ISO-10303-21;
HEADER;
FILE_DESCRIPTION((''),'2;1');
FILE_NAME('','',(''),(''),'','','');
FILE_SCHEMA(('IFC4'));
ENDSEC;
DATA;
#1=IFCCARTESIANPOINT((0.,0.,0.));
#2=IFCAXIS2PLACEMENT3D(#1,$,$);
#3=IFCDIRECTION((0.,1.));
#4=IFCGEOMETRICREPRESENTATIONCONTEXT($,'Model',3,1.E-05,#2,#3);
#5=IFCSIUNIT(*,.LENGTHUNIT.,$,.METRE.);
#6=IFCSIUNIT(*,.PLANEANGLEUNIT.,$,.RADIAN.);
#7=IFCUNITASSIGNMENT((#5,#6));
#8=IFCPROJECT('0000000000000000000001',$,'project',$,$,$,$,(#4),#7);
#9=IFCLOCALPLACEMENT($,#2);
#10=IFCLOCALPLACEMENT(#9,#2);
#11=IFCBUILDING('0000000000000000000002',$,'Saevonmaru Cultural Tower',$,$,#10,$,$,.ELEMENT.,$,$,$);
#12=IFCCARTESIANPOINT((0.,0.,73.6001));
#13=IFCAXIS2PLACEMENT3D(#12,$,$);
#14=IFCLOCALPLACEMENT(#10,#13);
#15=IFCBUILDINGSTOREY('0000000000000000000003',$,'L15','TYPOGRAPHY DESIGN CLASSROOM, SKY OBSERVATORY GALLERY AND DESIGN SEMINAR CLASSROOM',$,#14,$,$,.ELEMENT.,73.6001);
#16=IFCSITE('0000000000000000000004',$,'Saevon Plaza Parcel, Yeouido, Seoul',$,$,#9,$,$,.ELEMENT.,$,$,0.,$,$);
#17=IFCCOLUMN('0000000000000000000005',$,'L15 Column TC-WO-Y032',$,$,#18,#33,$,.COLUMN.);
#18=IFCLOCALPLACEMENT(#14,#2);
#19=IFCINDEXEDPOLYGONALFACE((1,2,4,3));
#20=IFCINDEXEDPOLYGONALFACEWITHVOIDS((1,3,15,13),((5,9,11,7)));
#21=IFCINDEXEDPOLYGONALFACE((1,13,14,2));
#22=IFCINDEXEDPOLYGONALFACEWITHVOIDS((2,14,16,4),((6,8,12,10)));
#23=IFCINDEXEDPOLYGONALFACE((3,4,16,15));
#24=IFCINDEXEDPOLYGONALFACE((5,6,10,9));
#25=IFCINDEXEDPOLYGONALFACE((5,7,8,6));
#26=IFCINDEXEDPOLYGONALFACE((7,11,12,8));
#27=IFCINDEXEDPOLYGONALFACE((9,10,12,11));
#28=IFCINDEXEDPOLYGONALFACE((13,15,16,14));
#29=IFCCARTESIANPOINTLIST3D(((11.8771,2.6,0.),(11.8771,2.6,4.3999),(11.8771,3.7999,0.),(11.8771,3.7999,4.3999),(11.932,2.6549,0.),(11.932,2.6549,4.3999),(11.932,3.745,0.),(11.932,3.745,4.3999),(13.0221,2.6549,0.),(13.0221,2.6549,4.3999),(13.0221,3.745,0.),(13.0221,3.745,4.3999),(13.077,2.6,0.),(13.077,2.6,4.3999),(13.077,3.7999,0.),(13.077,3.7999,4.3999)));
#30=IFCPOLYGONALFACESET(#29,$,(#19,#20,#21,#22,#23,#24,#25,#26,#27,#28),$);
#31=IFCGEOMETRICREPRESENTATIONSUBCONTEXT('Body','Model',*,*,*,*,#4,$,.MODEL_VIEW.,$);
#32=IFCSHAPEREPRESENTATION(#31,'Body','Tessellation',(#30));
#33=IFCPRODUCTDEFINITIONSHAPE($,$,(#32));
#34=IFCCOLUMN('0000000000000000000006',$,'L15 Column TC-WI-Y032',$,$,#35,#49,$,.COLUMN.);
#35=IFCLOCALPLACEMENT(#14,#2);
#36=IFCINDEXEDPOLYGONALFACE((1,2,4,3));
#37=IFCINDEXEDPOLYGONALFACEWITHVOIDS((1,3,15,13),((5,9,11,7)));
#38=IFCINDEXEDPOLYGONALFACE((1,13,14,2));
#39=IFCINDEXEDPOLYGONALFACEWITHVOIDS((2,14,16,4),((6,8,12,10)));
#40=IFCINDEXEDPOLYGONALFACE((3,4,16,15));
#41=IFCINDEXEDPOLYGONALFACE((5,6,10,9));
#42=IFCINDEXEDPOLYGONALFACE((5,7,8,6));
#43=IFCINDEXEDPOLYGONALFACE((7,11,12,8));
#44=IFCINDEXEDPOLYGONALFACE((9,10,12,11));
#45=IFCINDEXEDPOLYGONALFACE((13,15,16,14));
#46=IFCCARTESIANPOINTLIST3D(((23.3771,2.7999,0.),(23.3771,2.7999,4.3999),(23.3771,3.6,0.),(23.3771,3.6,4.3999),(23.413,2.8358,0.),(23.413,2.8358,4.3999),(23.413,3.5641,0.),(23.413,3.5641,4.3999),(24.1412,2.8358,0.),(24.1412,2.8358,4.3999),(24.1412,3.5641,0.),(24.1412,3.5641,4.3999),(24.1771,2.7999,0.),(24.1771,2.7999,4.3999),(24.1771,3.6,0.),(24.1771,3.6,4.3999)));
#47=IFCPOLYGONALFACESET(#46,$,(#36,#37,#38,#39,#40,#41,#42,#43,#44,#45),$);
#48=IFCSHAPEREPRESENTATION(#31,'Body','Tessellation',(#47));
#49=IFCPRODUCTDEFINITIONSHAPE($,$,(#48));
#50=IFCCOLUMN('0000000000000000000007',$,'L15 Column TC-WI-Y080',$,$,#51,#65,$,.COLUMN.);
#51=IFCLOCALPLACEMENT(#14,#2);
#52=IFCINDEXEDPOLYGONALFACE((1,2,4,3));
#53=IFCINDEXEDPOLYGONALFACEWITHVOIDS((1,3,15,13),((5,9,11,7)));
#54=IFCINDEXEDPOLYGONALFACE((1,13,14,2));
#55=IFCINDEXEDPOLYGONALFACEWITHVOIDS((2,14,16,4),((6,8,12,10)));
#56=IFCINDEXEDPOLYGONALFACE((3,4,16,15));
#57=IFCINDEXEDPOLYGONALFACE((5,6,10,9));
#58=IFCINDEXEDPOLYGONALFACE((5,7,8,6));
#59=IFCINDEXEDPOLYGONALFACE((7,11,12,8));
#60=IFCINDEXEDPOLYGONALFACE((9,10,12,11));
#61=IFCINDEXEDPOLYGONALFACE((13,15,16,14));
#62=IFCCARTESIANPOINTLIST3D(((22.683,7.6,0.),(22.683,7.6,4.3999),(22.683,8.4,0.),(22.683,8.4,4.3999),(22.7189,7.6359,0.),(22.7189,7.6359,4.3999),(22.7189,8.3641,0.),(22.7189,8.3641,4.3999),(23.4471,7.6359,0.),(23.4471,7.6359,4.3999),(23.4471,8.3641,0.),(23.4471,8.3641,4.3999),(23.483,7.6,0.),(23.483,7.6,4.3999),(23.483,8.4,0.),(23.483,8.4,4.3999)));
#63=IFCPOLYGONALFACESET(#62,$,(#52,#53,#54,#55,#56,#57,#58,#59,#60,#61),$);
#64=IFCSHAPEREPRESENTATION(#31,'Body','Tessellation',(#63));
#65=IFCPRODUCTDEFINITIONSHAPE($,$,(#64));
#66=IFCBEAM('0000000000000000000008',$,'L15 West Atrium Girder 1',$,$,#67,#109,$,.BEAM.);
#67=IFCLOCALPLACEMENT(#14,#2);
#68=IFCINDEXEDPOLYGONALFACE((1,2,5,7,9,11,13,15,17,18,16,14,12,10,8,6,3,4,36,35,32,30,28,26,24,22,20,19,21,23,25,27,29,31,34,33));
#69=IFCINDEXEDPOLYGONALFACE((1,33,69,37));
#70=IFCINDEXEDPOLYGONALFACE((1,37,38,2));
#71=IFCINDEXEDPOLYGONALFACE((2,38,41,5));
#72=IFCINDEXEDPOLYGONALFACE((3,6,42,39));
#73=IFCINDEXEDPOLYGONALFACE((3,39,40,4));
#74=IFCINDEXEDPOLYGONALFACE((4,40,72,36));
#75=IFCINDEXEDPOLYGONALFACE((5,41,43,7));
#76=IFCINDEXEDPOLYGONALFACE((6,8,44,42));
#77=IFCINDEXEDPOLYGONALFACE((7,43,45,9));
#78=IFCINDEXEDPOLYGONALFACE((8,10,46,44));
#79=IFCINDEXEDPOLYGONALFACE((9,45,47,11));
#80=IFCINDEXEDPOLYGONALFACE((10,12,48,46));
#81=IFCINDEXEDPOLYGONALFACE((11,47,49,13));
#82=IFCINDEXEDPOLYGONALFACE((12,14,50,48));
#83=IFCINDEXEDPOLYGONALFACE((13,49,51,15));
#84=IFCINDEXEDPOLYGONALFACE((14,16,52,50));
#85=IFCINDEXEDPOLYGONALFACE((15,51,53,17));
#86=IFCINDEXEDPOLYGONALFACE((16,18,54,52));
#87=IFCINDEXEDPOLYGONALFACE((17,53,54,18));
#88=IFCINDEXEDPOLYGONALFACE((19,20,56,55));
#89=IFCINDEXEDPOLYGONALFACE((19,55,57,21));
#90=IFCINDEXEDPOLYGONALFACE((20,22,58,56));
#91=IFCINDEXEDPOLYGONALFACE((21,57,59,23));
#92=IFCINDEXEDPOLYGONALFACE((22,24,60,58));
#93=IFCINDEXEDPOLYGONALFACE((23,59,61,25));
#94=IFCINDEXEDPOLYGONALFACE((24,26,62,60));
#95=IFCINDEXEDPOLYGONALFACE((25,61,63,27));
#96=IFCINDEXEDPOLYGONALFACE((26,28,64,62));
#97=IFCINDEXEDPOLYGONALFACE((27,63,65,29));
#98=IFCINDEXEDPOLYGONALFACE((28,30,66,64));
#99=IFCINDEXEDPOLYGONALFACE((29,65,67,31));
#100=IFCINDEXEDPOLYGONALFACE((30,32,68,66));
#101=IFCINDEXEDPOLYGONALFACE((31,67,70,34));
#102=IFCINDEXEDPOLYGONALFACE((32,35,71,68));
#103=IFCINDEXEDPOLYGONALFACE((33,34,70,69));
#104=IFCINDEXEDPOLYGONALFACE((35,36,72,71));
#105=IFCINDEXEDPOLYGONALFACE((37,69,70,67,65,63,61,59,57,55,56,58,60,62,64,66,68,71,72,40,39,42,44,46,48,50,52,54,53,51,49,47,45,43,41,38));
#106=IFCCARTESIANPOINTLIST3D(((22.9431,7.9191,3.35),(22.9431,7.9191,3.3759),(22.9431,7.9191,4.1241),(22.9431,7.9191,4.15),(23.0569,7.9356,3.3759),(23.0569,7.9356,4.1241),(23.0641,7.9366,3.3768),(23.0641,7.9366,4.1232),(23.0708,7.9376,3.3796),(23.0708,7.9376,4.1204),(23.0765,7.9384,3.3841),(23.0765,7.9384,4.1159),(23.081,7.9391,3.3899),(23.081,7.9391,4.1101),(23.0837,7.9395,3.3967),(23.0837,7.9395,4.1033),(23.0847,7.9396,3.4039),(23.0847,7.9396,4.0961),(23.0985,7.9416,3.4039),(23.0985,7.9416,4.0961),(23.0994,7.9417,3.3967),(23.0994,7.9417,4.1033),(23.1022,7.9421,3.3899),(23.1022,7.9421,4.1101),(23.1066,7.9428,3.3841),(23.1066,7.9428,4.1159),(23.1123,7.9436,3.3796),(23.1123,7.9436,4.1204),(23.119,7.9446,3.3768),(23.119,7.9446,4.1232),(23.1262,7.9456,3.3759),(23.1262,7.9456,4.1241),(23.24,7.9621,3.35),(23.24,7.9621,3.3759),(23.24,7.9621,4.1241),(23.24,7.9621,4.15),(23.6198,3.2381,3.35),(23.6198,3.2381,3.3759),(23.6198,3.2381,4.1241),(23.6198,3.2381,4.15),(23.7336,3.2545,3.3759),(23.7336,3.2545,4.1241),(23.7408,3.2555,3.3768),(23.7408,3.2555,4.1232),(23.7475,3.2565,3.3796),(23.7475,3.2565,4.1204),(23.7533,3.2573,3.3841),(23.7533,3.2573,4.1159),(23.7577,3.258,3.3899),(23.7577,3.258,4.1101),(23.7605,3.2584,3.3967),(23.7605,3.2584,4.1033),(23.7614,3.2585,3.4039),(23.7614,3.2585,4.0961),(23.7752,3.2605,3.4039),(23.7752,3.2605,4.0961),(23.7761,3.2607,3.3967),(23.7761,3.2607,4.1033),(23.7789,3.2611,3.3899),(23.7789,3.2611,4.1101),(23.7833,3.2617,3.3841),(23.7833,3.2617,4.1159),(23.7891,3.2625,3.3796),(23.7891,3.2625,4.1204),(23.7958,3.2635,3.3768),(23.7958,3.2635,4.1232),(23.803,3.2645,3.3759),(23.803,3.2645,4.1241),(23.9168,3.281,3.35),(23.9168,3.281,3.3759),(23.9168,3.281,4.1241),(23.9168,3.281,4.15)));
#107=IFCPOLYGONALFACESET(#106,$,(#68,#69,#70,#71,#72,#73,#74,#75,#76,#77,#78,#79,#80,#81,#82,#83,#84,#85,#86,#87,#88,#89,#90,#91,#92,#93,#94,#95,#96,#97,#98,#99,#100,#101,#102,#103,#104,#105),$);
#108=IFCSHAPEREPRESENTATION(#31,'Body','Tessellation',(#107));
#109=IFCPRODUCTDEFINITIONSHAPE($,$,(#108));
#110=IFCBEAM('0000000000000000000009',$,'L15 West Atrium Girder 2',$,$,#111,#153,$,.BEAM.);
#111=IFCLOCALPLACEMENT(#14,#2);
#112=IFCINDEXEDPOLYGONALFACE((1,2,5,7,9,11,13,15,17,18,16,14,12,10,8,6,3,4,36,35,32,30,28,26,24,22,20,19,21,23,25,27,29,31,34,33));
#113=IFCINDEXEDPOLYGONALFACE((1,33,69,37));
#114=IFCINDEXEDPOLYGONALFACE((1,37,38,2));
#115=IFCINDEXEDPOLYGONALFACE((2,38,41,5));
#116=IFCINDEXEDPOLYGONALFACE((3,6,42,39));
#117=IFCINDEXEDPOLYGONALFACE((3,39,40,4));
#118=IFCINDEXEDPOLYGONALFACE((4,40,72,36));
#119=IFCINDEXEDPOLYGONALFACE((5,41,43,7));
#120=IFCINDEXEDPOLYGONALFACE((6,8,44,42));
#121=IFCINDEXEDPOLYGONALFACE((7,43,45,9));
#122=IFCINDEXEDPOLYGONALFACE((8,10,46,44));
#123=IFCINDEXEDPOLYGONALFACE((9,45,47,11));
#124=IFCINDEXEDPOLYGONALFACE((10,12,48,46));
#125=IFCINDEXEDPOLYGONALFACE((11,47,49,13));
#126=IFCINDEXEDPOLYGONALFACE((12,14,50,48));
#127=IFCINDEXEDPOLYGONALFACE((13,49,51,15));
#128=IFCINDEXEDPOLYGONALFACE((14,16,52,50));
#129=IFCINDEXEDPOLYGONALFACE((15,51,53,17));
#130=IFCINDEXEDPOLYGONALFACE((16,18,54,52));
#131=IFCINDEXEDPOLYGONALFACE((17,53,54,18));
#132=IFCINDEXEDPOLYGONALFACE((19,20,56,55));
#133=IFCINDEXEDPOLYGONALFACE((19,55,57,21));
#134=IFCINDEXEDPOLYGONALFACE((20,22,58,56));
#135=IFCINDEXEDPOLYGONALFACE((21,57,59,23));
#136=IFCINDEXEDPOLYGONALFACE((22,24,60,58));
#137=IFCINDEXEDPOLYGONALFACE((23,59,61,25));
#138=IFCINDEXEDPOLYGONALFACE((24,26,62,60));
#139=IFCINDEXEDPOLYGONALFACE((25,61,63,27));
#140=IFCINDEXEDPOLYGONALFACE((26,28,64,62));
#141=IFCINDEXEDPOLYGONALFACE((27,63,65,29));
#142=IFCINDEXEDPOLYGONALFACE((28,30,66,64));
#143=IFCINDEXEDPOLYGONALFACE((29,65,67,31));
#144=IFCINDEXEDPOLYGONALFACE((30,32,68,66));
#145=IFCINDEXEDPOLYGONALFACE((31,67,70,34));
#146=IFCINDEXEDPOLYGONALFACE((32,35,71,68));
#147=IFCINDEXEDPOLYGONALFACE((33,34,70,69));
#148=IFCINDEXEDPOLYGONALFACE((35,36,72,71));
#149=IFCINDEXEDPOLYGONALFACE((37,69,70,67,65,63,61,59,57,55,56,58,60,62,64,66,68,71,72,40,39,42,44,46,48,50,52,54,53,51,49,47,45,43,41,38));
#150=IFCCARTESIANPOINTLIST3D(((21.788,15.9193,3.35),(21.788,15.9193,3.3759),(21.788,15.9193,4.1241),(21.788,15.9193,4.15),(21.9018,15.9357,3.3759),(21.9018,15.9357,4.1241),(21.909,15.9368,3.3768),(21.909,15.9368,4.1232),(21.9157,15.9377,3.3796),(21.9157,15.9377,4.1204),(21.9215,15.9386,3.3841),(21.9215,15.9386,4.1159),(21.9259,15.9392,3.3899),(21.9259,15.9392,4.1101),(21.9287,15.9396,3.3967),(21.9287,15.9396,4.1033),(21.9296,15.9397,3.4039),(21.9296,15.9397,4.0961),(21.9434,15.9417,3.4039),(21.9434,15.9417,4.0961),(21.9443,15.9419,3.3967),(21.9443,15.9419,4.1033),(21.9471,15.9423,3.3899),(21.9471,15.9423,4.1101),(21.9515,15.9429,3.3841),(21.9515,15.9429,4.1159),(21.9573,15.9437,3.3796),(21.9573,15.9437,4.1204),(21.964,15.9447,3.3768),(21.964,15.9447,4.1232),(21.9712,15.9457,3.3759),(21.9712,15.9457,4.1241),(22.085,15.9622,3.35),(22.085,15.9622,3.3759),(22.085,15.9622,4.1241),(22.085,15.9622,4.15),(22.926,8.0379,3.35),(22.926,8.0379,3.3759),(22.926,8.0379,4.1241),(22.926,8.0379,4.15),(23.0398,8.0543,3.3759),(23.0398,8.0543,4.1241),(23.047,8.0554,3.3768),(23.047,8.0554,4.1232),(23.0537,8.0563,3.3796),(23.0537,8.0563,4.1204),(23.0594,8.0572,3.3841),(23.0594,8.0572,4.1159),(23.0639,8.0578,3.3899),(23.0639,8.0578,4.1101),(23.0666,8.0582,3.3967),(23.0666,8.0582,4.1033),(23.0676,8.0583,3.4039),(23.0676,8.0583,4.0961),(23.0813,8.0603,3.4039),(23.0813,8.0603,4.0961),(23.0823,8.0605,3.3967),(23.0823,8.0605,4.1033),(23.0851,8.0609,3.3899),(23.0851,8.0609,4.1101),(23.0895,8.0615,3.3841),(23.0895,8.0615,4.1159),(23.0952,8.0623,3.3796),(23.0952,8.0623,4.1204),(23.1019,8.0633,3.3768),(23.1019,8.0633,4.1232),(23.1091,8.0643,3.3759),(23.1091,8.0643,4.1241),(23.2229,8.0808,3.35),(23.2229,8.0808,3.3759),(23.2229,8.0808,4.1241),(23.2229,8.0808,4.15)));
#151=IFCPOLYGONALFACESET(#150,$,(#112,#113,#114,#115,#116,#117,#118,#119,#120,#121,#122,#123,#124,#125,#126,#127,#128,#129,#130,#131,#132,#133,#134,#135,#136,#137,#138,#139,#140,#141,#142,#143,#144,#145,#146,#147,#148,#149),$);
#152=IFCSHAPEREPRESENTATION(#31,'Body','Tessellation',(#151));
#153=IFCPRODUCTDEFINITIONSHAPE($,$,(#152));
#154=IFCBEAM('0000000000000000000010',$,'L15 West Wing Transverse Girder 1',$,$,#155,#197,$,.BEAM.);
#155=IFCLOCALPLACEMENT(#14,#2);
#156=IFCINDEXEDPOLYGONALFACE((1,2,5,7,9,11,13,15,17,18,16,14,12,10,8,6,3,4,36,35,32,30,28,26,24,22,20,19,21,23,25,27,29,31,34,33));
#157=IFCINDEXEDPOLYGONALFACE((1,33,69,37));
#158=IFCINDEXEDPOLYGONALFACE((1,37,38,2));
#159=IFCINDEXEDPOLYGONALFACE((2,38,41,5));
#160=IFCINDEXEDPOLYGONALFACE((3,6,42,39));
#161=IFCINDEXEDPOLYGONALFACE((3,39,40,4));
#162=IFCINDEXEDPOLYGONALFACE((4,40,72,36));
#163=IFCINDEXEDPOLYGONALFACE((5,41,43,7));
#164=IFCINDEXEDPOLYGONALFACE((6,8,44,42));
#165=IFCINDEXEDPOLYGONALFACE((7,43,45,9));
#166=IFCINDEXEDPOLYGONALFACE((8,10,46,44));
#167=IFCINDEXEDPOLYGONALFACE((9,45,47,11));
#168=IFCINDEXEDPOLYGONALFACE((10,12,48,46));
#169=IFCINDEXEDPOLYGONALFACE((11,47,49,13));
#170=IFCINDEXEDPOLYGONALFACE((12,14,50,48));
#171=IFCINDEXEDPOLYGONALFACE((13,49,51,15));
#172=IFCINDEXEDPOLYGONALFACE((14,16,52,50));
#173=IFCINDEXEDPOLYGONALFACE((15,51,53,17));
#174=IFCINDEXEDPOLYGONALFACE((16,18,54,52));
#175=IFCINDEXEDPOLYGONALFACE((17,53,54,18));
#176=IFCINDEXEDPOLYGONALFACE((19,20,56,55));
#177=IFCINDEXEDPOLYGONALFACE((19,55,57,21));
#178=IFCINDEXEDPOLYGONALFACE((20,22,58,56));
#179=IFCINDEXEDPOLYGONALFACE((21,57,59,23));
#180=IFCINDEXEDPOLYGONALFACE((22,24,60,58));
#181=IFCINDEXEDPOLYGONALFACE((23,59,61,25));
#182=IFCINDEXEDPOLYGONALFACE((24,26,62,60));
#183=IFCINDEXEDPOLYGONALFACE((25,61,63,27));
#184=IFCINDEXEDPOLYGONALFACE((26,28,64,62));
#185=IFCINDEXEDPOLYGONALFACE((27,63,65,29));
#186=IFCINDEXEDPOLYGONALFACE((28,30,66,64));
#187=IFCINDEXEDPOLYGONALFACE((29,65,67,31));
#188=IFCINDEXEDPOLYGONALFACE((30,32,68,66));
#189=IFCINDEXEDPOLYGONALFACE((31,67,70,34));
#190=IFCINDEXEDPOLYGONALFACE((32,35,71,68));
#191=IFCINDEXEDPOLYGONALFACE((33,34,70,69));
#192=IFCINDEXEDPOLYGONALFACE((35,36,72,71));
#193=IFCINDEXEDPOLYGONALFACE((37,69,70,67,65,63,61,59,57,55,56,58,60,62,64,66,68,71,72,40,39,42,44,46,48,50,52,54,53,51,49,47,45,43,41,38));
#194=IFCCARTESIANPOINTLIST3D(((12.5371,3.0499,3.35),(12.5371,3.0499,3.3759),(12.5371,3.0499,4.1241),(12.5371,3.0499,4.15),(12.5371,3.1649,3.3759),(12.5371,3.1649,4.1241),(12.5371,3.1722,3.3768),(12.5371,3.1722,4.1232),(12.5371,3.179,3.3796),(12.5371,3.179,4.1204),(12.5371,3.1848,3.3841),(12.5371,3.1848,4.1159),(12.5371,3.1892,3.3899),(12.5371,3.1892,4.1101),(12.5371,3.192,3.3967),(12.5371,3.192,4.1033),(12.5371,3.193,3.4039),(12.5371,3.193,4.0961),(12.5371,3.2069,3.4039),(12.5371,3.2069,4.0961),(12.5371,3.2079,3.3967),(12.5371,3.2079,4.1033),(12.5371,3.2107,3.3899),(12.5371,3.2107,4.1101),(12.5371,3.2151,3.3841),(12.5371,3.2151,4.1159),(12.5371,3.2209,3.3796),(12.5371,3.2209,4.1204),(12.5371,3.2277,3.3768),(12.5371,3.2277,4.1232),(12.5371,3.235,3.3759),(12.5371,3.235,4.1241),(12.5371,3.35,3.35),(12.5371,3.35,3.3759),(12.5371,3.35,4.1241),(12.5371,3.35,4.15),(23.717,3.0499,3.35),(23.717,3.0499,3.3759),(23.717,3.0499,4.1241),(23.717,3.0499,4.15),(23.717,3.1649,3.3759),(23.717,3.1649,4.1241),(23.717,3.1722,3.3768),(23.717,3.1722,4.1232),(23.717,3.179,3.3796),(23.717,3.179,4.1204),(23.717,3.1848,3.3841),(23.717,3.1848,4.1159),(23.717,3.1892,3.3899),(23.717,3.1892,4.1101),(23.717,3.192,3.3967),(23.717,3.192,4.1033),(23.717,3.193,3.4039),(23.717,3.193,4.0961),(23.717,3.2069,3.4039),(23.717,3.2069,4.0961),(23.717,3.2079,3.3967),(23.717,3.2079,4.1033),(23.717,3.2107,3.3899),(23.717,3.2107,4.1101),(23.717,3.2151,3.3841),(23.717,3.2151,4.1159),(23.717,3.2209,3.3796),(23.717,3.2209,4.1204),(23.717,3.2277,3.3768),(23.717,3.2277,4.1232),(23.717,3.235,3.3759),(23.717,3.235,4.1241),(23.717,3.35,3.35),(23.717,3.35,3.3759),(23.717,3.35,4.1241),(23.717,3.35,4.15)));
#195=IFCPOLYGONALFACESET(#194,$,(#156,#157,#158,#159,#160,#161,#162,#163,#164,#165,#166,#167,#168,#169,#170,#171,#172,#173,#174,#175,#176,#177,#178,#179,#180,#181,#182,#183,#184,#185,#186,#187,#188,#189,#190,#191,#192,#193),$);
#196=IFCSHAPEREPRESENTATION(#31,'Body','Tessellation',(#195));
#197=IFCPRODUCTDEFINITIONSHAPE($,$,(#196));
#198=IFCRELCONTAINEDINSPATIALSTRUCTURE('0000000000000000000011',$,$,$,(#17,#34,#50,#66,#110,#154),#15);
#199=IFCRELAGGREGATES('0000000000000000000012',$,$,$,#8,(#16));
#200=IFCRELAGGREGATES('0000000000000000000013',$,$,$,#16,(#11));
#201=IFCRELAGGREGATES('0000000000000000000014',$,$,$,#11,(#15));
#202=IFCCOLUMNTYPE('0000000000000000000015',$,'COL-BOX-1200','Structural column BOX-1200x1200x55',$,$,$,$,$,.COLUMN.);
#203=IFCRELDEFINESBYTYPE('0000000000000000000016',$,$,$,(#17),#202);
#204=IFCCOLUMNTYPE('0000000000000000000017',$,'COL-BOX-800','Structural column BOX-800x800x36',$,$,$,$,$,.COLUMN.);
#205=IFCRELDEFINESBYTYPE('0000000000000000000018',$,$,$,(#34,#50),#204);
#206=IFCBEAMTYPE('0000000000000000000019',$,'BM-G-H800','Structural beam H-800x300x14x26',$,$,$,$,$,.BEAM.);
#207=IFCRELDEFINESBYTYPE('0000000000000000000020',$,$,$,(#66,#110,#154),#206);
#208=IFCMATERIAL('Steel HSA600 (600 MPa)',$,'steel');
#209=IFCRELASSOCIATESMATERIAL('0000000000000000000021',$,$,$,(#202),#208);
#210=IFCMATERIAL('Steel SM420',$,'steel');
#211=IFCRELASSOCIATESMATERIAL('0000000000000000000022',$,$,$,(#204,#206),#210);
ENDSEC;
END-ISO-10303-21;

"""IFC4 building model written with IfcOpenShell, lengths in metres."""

from ifc_helpers import new_model, si_unit, direction, frame, origin, origin_2d, place, context, subcontext, project, spatial, hollow_rectangle, i_section, extrude, material, material_profile, profile_set, type_object, element, save


model = new_model("IFC4")

# Units and contexts
model_context = context("Model", 3, precision=1e-05, world=origin(), true_north=direction((0.0, 1.0)))
body_context = subcontext(model_context, "Body", "Model", "MODEL_VIEW")
ifc_project = project(units=[si_unit("LENGTHUNIT", "METRE"), si_unit("PLANEANGLEUNIT", "RADIAN")], contexts=[model_context])

# Site, building, storey
site_placement = place(None, origin())
site = spatial("IfcSite", under=ifc_project, at=site_placement, Name="Saevon Plaza Parcel, Yeouido, Seoul", CompositionType="ELEMENT", RefElevation=0.0)
building_placement = place(site_placement, origin())
building = spatial("IfcBuilding", under=site, at=building_placement, Name="Saevonmaru Cultural Tower", CompositionType="ELEMENT")
storey_placement = place(building_placement, frame((0.0, 0.0, 73.6001)))
storey = spatial("IfcBuildingStorey", under=building, at=storey_placement, Name="L15", Description="TYPOGRAPHY DESIGN CLASSROOM, SKY OBSERVATORY GALLERY AND DESIGN SEMINAR CLASSROOM", CompositionType="ELEMENT", Elevation=73.6001)

# Columns
ifc_material_1 = material(Name="Steel HSA600 (600 MPa)", Category="steel")
ifc_material_profile_1 = material_profile(ifc_material_1, hollow_rectangle(XDim=1.2, YDim=1.2, WallThickness=0.0549, at=origin_2d()), Name="BOX-1200x1200x55")
ifc_profile_set_1 = profile_set([ifc_material_profile_1], Name="Steel HSA600 (600 MPa)")
column_type_1 = type_object("IfcColumnType", Name="COL-BOX-1200", Description="Structural column BOX-1200x1200x55", PredefinedType="COLUMN", material=ifc_profile_set_1)
column_placement = place(storey_placement, frame((12.4771, 3.2, 0.0), z_axis=(0.0, 0.0, 1.0), x_axis=(1.0, 0.0, 0.0)))
element("IfcColumn", 1, at=column_placement, inside=storey, type_object=column_type_1, Name="L15 Column TC-WO-Y032", PredefinedType="COLUMN", context=body_context, shape_type="SweptSolid", body=[
    extrude(hollow_rectangle(XDim=1.2, YDim=1.2, WallThickness=0.0549, at=origin_2d()), origin(), (0.0, 0.0, 1.0), 4.3999),
])
ifc_material_2 = material(Name="Steel SM420", Category="steel")
ifc_material_profile_2 = material_profile(ifc_material_2, hollow_rectangle(XDim=0.8, YDim=0.8, WallThickness=0.0359, at=origin_2d()), Name="BOX-800x800x36")
ifc_profile_set_2 = profile_set([ifc_material_profile_2], Name="Steel SM420")
column_type_2 = type_object("IfcColumnType", Name="COL-BOX-800", Description="Structural column BOX-800x800x36", PredefinedType="COLUMN", material=ifc_profile_set_2)
for number, where, z_axis, x_axis, name in (
    (2, (23.7771, 3.2, 0.0), (0.0, 0.0, 1.0), (1.0, 0.0, 0.0), "L15 Column TC-WI-Y032"),
    (3, (23.083, 8.0, 0.0), (0.0, 0.0, 1.0), (1.0, 0.0, 0.0), "L15 Column TC-WI-Y080"),
):
    element("IfcColumn", number, at=place(storey_placement, frame(where, z_axis=z_axis, x_axis=x_axis)), inside=storey, type_object=column_type_2, Name=name, PredefinedType="COLUMN", context=body_context, shape_type="SweptSolid", body=[
        extrude(hollow_rectangle(XDim=0.8, YDim=0.8, WallThickness=0.0359, at=origin_2d()), origin(), (0.0, 0.0, 1.0), 4.3999),
    ])

# Beams
ifc_material_profile_3 = material_profile(ifc_material_2, i_section(OverallWidth=0.3, OverallDepth=0.8, WebThickness=0.0139, FlangeThickness=0.0259, FilletRadius=0.0281, at=origin_2d()), Name="H-800x300x14x26")
ifc_profile_set_3 = profile_set([ifc_material_profile_3], Name="Steel SM420")
beam_type_1 = type_object("IfcBeamType", Name="BM-G-H800", Description="Structural beam H-800x300x14x26", PredefinedType="BEAM", material=ifc_profile_set_3)
beam_1_placement = place(storey_placement, frame((23.7683, 3.2595, 3.75), z_axis=(-0.143083, 0.989711, 0.0), x_axis=(-0.989711, -0.143083, 0.0)))
element("IfcBeam", 4, at=beam_1_placement, inside=storey, type_object=beam_type_1, Name="L15 West Atrium Girder 1", PredefinedType="BEAM", context=body_context, shape_type="SweptSolid", body=[
    extrude(i_section(OverallWidth=0.3, OverallDepth=0.8, WebThickness=0.0139, FlangeThickness=0.0259, FilletRadius=0.0281, at=origin_2d()), origin(), (0.0, 0.0, 1.0), 4.7297),
])
beam_2_placement = place(storey_placement, frame((23.0745, 8.0593, 3.75), z_axis=(-0.142902, 0.989737, 0.0), x_axis=(-0.989737, -0.142902, 0.0)))
element("IfcBeam", 5, at=beam_2_placement, inside=storey, type_object=beam_type_1, Name="L15 West Atrium Girder 2", PredefinedType="BEAM", context=body_context, shape_type="SweptSolid", body=[
    extrude(i_section(OverallWidth=0.3, OverallDepth=0.8, WebThickness=0.0139, FlangeThickness=0.0259, FilletRadius=0.0281, at=origin_2d()), origin(), (0.0, 0.0, 1.0), 7.9631),
])
beam_3_placement = place(storey_placement, frame((12.5371, 3.2, 3.75), z_axis=(1.0, 0.0, 0.0), x_axis=(0.0, 1.0, 0.0)))
element("IfcBeam", 6, at=beam_3_placement, inside=storey, type_object=beam_type_1, Name="L15 West Wing Transverse Girder 1", PredefinedType="BEAM", context=body_context, shape_type="SweptSolid", body=[
    extrude(i_section(OverallWidth=0.3, OverallDepth=0.8, WebThickness=0.0139, FlangeThickness=0.0259, FilletRadius=0.0281, at=origin_2d()), origin(), (0.0, 0.0, 1.0), 11.1799),
])

save(model, "model.ifc")
